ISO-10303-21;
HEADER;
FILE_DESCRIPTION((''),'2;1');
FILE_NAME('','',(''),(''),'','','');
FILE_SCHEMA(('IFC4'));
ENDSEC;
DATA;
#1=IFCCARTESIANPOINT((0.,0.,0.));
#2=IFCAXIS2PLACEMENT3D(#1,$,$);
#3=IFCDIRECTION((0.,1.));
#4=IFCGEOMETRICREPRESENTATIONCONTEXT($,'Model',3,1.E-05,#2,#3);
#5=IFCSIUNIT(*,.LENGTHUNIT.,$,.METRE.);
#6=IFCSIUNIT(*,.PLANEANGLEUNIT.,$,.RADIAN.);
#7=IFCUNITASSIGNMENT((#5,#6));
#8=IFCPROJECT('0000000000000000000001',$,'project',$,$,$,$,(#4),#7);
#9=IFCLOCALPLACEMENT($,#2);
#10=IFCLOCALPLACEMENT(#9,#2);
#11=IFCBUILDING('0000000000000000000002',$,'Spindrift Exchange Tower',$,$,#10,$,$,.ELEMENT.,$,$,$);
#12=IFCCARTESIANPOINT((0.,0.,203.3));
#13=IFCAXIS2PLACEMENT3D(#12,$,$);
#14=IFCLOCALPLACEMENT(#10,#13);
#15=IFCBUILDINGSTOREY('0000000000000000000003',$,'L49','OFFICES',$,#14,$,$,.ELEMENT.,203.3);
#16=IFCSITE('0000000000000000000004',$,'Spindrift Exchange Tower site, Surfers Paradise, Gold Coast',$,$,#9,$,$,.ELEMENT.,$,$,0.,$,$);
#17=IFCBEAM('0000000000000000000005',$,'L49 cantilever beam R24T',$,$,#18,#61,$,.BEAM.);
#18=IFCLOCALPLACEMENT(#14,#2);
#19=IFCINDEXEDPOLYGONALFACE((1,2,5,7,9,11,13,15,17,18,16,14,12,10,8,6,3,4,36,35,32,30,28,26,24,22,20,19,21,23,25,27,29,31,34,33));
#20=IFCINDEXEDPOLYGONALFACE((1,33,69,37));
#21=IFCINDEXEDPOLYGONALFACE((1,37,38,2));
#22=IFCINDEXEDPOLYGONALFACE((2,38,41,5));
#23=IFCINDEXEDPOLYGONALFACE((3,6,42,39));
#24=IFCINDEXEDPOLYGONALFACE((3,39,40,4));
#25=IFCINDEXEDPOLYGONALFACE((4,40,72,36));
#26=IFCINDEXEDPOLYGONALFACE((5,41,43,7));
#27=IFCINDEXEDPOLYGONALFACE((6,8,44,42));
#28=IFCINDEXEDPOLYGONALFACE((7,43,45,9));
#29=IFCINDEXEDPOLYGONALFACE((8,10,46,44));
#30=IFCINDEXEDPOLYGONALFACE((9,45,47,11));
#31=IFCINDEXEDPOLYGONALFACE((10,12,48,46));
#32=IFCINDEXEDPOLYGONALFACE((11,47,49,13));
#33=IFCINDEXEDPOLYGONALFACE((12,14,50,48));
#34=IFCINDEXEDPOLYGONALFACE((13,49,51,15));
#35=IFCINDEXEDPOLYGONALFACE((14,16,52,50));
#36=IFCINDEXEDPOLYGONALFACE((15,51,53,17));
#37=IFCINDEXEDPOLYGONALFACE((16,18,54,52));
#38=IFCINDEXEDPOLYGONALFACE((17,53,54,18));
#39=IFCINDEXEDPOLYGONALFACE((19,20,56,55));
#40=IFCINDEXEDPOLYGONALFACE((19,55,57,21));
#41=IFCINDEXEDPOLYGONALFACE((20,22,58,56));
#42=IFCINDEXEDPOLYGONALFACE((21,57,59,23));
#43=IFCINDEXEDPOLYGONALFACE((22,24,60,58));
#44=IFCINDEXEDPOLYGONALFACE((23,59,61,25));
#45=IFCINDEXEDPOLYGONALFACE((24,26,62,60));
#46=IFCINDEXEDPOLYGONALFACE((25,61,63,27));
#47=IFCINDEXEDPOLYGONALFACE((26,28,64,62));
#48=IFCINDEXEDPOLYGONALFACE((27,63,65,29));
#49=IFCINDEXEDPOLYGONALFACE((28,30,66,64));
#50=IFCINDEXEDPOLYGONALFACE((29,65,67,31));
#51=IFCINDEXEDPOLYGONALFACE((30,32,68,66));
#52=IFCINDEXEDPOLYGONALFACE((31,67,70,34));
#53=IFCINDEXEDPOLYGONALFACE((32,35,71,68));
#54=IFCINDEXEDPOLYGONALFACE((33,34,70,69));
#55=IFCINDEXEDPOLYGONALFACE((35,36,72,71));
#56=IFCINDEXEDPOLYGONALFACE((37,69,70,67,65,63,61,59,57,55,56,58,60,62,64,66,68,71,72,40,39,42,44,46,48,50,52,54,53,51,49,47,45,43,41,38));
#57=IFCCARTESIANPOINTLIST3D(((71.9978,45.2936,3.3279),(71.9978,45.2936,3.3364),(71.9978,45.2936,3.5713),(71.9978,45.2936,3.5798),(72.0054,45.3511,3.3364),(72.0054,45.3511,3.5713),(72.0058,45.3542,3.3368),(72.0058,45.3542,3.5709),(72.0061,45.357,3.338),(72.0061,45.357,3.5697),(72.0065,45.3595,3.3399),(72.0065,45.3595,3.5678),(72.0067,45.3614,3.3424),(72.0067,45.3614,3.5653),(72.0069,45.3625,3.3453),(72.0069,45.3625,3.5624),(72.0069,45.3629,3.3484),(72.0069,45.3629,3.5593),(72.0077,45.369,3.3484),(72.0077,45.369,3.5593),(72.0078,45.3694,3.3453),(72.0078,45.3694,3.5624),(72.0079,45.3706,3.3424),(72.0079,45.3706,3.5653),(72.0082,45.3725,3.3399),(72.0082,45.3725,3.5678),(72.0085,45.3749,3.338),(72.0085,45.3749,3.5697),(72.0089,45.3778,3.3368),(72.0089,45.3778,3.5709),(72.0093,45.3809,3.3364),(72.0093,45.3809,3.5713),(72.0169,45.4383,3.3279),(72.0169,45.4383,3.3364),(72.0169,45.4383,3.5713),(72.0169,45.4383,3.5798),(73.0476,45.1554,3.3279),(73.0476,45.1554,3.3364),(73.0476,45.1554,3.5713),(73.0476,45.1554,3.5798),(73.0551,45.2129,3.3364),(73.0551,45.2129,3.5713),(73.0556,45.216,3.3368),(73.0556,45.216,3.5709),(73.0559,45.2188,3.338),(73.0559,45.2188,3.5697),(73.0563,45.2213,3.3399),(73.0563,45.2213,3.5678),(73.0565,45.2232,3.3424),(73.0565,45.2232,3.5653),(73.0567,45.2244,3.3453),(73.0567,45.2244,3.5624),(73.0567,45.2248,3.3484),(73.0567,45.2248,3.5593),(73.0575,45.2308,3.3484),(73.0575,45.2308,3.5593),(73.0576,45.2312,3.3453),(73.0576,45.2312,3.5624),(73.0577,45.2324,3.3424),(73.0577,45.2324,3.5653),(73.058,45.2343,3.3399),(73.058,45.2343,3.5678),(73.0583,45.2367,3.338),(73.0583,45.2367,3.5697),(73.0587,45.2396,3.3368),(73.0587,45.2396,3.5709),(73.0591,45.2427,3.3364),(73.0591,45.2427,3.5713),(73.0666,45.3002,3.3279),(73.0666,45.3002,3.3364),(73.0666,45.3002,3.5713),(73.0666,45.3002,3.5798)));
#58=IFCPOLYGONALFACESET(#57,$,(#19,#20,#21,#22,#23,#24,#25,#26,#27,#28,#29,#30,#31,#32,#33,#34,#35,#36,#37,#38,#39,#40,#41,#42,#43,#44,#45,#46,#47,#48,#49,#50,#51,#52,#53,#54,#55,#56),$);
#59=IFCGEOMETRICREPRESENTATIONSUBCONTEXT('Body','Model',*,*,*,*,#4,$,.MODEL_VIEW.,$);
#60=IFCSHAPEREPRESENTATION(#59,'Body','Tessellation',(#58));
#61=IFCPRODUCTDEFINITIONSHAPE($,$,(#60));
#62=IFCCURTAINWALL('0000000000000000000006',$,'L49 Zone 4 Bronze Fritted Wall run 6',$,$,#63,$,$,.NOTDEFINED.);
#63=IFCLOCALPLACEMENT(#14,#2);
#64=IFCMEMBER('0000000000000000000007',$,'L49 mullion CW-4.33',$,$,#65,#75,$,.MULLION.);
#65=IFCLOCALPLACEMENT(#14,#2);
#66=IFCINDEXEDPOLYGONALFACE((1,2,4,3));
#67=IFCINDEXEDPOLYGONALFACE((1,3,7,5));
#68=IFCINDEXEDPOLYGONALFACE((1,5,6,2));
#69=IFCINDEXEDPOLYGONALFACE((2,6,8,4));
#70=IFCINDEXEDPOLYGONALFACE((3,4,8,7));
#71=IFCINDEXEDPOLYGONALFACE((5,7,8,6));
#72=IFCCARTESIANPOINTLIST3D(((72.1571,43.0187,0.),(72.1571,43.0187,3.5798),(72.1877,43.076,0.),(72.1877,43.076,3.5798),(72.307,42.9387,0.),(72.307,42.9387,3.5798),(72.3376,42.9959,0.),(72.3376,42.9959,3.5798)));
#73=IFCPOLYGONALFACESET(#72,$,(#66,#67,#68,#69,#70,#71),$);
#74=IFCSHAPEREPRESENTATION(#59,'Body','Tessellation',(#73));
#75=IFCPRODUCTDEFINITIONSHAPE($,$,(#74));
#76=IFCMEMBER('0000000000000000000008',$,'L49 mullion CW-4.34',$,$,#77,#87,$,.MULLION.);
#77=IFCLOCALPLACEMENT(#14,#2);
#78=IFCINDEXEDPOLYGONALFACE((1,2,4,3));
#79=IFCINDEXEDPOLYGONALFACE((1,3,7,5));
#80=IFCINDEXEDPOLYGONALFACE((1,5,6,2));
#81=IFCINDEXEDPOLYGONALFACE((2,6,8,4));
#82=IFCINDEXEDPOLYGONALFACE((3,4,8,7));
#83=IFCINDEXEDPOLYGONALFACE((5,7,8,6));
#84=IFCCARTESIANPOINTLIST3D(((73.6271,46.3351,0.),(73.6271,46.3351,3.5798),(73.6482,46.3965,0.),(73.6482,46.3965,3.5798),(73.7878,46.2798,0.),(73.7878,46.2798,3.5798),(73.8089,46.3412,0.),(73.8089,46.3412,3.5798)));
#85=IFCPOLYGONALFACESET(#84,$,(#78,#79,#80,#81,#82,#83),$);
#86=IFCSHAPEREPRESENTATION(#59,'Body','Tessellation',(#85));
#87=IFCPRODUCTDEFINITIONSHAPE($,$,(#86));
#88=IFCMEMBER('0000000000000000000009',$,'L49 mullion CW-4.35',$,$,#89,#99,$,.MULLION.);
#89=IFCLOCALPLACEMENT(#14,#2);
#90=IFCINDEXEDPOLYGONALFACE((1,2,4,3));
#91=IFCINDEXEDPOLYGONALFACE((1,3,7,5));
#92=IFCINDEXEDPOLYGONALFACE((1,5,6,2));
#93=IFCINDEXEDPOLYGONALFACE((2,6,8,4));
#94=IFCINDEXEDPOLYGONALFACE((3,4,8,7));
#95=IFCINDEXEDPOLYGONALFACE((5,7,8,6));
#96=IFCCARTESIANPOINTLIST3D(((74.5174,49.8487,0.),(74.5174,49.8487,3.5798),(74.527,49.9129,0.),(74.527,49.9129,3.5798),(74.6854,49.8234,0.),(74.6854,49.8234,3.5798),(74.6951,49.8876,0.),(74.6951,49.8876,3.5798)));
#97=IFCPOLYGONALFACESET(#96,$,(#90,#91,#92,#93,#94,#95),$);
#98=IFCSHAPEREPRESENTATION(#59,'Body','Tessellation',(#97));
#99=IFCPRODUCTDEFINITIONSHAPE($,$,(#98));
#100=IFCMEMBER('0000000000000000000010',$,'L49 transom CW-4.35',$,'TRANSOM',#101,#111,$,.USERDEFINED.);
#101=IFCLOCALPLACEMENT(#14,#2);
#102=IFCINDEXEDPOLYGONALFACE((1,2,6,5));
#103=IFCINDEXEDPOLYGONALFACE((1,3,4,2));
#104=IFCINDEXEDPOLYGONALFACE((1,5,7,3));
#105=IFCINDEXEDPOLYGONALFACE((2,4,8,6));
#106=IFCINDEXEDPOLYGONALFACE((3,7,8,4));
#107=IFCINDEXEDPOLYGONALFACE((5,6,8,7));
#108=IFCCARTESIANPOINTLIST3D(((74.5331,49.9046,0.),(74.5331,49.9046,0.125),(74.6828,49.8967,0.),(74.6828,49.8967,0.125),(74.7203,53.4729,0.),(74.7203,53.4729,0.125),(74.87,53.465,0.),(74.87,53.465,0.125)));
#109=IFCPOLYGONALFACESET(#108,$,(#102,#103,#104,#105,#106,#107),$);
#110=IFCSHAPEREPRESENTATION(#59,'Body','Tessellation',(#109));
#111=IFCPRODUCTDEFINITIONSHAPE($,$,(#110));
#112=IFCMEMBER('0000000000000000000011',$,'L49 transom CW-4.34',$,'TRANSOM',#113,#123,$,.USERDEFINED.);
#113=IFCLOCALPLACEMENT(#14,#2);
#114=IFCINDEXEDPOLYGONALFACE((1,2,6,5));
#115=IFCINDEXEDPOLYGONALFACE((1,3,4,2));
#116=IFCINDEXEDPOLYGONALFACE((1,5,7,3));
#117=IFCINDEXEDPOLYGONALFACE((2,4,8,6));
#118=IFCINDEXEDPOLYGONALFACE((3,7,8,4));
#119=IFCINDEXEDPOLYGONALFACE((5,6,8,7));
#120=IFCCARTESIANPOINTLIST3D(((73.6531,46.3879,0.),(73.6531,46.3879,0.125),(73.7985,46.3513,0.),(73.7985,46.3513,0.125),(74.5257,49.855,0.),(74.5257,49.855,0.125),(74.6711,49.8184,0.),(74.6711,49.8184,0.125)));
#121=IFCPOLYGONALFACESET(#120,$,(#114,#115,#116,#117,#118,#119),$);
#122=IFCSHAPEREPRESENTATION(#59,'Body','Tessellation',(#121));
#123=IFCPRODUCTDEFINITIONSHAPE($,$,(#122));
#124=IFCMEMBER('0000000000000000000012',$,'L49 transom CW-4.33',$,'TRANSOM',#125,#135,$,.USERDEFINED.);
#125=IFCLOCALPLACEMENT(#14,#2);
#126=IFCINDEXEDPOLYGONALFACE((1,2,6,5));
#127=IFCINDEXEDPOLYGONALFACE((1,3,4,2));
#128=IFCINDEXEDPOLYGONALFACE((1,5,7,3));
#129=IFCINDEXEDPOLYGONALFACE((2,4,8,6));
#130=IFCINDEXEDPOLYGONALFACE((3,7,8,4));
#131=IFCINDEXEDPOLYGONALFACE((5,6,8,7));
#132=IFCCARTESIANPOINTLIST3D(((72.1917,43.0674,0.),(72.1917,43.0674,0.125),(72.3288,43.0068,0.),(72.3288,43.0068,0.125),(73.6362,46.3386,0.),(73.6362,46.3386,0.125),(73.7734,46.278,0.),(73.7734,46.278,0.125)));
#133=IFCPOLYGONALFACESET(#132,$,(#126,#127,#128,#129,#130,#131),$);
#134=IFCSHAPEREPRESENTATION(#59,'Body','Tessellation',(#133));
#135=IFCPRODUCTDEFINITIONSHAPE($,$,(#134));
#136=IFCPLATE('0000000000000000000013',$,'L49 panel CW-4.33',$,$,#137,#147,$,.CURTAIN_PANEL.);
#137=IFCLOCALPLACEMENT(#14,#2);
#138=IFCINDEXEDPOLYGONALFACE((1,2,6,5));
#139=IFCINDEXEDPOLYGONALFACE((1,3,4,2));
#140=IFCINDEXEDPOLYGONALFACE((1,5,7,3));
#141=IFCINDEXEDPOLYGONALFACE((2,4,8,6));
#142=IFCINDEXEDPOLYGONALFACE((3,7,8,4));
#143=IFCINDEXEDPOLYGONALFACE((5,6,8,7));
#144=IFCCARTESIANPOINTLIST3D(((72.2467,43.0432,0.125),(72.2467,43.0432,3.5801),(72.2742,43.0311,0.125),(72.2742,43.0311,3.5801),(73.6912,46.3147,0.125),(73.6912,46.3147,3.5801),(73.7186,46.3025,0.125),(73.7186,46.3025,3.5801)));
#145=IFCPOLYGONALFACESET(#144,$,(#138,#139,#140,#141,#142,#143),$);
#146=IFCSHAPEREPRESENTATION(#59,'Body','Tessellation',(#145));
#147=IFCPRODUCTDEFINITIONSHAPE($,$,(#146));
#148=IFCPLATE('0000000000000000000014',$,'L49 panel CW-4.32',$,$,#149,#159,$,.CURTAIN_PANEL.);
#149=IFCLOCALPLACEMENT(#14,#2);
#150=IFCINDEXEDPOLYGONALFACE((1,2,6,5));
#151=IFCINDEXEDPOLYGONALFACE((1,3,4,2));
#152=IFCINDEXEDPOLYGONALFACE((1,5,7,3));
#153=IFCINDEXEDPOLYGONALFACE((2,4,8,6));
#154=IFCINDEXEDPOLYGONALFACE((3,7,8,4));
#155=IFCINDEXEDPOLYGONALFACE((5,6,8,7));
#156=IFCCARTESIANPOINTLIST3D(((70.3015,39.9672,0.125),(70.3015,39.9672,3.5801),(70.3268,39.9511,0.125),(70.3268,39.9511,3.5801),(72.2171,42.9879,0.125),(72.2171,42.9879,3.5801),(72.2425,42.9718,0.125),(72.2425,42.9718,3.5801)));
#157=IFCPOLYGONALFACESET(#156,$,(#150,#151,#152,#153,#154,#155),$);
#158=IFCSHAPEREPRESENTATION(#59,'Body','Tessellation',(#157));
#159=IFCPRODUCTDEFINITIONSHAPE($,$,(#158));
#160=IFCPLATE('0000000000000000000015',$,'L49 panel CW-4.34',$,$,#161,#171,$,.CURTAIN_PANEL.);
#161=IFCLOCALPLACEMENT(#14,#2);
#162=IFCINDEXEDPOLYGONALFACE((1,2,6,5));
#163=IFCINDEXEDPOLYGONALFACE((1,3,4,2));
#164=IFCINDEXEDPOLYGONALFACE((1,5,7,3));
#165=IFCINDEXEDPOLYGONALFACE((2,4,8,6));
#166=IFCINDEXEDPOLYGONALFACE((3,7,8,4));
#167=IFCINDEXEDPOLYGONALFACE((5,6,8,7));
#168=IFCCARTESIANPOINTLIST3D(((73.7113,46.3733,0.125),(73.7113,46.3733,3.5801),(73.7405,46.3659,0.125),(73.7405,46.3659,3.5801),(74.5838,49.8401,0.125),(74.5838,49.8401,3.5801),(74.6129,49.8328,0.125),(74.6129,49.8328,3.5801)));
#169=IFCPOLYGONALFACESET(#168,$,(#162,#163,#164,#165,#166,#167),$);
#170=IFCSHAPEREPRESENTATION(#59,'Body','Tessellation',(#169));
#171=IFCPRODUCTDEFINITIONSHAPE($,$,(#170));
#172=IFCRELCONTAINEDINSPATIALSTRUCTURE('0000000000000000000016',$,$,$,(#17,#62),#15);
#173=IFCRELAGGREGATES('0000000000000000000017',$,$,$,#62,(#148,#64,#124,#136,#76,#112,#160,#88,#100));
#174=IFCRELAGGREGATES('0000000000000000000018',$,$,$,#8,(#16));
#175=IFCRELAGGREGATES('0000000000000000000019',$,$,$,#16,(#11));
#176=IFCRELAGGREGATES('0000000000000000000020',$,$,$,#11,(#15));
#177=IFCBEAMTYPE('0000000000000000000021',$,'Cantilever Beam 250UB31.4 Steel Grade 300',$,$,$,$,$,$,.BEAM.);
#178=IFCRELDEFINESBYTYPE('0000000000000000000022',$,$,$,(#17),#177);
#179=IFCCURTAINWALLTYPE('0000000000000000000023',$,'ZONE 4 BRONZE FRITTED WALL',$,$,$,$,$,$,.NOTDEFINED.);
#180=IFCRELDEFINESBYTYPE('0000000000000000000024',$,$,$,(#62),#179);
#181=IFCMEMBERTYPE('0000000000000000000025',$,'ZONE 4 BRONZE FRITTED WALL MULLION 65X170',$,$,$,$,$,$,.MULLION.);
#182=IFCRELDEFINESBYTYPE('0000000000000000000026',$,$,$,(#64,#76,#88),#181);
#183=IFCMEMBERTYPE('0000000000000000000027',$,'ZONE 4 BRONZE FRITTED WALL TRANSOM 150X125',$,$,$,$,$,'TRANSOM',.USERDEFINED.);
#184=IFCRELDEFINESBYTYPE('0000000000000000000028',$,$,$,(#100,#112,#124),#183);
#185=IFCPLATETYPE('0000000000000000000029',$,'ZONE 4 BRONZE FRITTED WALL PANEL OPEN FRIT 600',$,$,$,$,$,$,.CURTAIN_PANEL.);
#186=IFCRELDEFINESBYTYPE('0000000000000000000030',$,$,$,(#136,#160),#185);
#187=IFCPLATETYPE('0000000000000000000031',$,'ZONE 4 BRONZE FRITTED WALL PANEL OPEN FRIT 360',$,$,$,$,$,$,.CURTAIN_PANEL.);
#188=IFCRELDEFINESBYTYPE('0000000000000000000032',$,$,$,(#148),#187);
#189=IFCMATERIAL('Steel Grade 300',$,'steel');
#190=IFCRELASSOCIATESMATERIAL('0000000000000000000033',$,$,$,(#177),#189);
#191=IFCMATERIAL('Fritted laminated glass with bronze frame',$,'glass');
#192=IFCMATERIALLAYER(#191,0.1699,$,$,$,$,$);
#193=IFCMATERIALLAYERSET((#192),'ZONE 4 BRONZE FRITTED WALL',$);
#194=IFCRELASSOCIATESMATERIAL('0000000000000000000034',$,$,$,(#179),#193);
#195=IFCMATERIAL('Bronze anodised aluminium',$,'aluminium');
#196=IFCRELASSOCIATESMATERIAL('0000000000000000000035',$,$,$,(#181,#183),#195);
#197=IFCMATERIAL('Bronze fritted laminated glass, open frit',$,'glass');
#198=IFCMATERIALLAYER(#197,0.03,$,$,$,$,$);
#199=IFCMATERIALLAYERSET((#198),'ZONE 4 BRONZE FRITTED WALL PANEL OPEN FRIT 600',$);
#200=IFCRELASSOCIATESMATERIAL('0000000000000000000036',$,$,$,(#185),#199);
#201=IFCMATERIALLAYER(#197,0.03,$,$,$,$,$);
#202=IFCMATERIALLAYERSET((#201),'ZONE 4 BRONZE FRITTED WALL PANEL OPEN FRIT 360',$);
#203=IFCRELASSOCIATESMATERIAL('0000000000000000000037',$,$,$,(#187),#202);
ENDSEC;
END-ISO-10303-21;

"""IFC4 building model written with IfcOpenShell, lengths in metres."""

from ifc_helpers import new_model, si_unit, direction, frame, origin, origin_2d, place, context, subcontext, project, spatial, rectangle, i_section, extrude, source, transform, mapped, material, layer, layer_set, material_profile, profile_set, type_object, element, aggregate, save


model = new_model("IFC4")

# Units and contexts
model_context = context("Model", 3, precision=1e-05, world=origin(), true_north=direction((0.0, 1.0)))
body_context = subcontext(model_context, "Body", "Model", "MODEL_VIEW")
ifc_project = project(units=[si_unit("LENGTHUNIT", "METRE"), si_unit("PLANEANGLEUNIT", "RADIAN")], contexts=[model_context])

# Site, building, storey
site_placement = place(None, origin())
site = spatial("IfcSite", under=ifc_project, at=site_placement, Name="Spindrift Exchange Tower site, Surfers Paradise, Gold Coast", CompositionType="ELEMENT", RefElevation=0.0)
building_placement = place(site_placement, origin())
building = spatial("IfcBuilding", under=site, at=building_placement, Name="Spindrift Exchange Tower", CompositionType="ELEMENT")
storey_placement = place(building_placement, frame((0.0, 0.0, 203.3)))
storey = spatial("IfcBuildingStorey", under=building, at=storey_placement, Name="L49", Description="OFFICES", CompositionType="ELEMENT", Elevation=203.3)

# Beam
ifc_material_1 = material(Name="Steel Grade 300", Category="steel")
ifc_material_profile_1 = material_profile(ifc_material_1, i_section(OverallWidth=0.146, OverallDepth=0.252, WebThickness=0.0061, FlangeThickness=0.0085, FilletRadius=0.012, at=origin_2d()), Name="250UB31.4")
ifc_profile_set_1 = profile_set([ifc_material_profile_1], Name="Steel Grade 300")
beam_type_1 = type_object("IfcBeamType", Name="Cantilever Beam 250UB31.4 Steel Grade 300", PredefinedType="BEAM", material=ifc_profile_set_1)
shared_shape_1 = source(origin(), body_context, "Body", "SweptSolid", [
    extrude(i_section(OverallWidth=0.146, OverallDepth=0.252, WebThickness=0.0061, FlangeThickness=0.0085, FilletRadius=0.012, at=origin_2d()), origin(), (0.0, 0.0, 1.0), 1.0588),
])
beam_1_placement = place(storey_placement, frame((72.0073, 45.366, 3.4539), z_axis=(0.991448, -0.130502, 0.0), x_axis=(0.130502, 0.991448, 0.0)))
element("IfcBeam", 1, at=beam_1_placement, inside=storey, type_object=beam_type_1, Name="L49 cantilever beam R24T", PredefinedType="BEAM", context=body_context, shape_type="MappedRepresentation", body=[
    mapped(shared_shape_1, transform((0.0, 0.0, 0.0), scale=1.0)),
])

# Curtain wall, members, plates
ifc_material_2 = material(Name="Fritted laminated glass with bronze frame", Category="glass")
ifc_layer_1 = layer(ifc_material_2, 0.1699)
ifc_layer_set_1 = layer_set([ifc_layer_1], Name="ZONE 4 BRONZE FRITTED WALL")
curtain_wall_type = type_object("IfcCurtainWallType", Name="ZONE 4 BRONZE FRITTED WALL", PredefinedType="NOTDEFINED", material=ifc_layer_set_1)
curtain_wall_placement = place(storey_placement, origin())
curtain_wall = element("IfcCurtainWall", 2, at=curtain_wall_placement, inside=storey, type_object=curtain_wall_type, Name="L49 Zone 4 Bronze Fritted Wall run 6", PredefinedType="NOTDEFINED")
ifc_material_3 = material(Name="Bronze anodised aluminium", Category="aluminium")
ifc_material_profile_2 = material_profile(ifc_material_3, rectangle(XDim=0.0649, YDim=0.1699, at=origin_2d()), Name="ZONE 4 BRONZE FRITTED WALL MULLION 65X170")
ifc_profile_set_2 = profile_set([ifc_material_profile_2], Name="Bronze anodised aluminium")
member_type_1 = type_object("IfcMemberType", Name="ZONE 4 BRONZE FRITTED WALL MULLION 65X170", PredefinedType="MULLION", material=ifc_profile_set_2)
shared_shape_2 = source(origin(), body_context, "Body", "SweptSolid", [
    extrude(rectangle(XDim=0.0649, YDim=0.1699, at=origin_2d()), origin(), (0.0, 0.0, 1.0), 3.5798),
])
member_1_placement = place(storey_placement, frame((72.2473, 43.0073, 0.0), z_axis=(0.0, 0.0, 1.0), x_axis=(0.471049, 0.882107, 0.0)))
member_1 = element("IfcMember", 3, at=member_1_placement, type_object=member_type_1, Name="L49 mullion CW-4.33", PredefinedType="MULLION", context=body_context, shape_type="MappedRepresentation", body=[
    mapped(shared_shape_2, transform((0.0, 0.0, 0.0), scale=1.0)),
])
member_2_placement = place(storey_placement, frame((73.718, 46.3381, 0.0), z_axis=(0.0, 0.0, 1.0), x_axis=(0.325141, 0.945666, 0.0)))
member_2 = element("IfcMember", 4, at=member_2_placement, type_object=member_type_1, Name="L49 mullion CW-4.34", PredefinedType="MULLION", context=body_context, shape_type="MappedRepresentation", body=[
    mapped(shared_shape_2, transform((0.0, 0.0, 0.0), scale=1.0)),
])
member_3_placement = place(storey_placement, frame((74.6062, 49.8682, 0.0), z_axis=(0.0, 0.0, 1.0), x_axis=(0.148929, 0.988848, 0.0)))
member_3 = element("IfcMember", 5, at=member_3_placement, type_object=member_type_1, Name="L49 mullion CW-4.35", PredefinedType="MULLION", context=body_context, shape_type="MappedRepresentation", body=[
    mapped(shared_shape_2, transform((0.0, 0.0, 0.0), scale=1.0)),
])
ifc_material_profile_3 = material_profile(ifc_material_3, rectangle(XDim=0.1499, YDim=0.125, at=origin_2d()), Name="ZONE 4 BRONZE FRITTED WALL TRANSOM 150X125")
ifc_profile_set_3 = profile_set([ifc_material_profile_3], Name="Bronze anodised aluminium")
member_type_2 = type_object("IfcMemberType", Name="ZONE 4 BRONZE FRITTED WALL TRANSOM 150X125", ElementType="TRANSOM", PredefinedType="USERDEFINED", material=ifc_profile_set_3)
shared_shape_3 = source(origin(), body_context, "Body", "SweptSolid", [
    extrude(rectangle(XDim=0.1499, YDim=0.125, at=origin_2d()), origin(), (0.0, 0.0, 1.0), 3.5732),
])
member_4_placement = place(storey_placement, frame((74.6079, 49.9006, 0.0625), z_axis=(0.052405, 0.998626, 0.0), x_axis=(-0.998626, 0.052405, 0.0)))
member_4 = element("IfcMember", 6, at=member_4_placement, type_object=member_type_2, Name="L49 transom CW-4.35", ObjectType="TRANSOM", PredefinedType="USERDEFINED", context=body_context, shape_type="MappedRepresentation", body=[
    mapped(shared_shape_3, transform((0.0, 0.0, 0.0), scale=1.0)),
])
shared_shape_4 = source(origin(), body_context, "Body", "SweptSolid", [
    extrude(rectangle(XDim=0.1499, YDim=0.125, at=origin_2d()), origin(), (0.0, 0.0, 1.0), 3.5752),
])
member_5_placement = place(storey_placement, frame((73.7258, 46.3696, 0.0625), z_axis=(0.244062, 0.96976, 0.0), x_axis=(-0.96976, 0.244062, 0.0)))
member_5 = element("IfcMember", 7, at=member_5_placement, type_object=member_type_2, Name="L49 transom CW-4.34", ObjectType="TRANSOM", PredefinedType="USERDEFINED", context=body_context, shape_type="MappedRepresentation", body=[
    mapped(shared_shape_4, transform((0.0, 0.0, 0.0), scale=1.0)),
])
shared_shape_5 = source(origin(), body_context, "Body", "SweptSolid", [
    extrude(rectangle(XDim=0.1499, YDim=0.125, at=origin_2d()), origin(), (0.0, 0.0, 1.0), 3.5759),
])
member_6_placement = place(storey_placement, frame((72.2603, 43.0371, 0.0625), z_axis=(0.403965, 0.914775, 0.0), x_axis=(-0.914775, 0.403965, 0.0)))
member_6 = element("IfcMember", 8, at=member_6_placement, type_object=member_type_2, Name="L49 transom CW-4.33", ObjectType="TRANSOM", PredefinedType="USERDEFINED", context=body_context, shape_type="MappedRepresentation", body=[
    mapped(shared_shape_5, transform((0.0, 0.0, 0.0), scale=1.0)),
])
ifc_material_4 = material(Name="Bronze fritted laminated glass, open frit", Category="glass")
ifc_layer_2 = layer(ifc_material_4, 0.03)
ifc_layer_set_2 = layer_set([ifc_layer_2], Name="ZONE 4 BRONZE FRITTED WALL PANEL OPEN FRIT 600")
plate_type_1 = type_object("IfcPlateType", Name="ZONE 4 BRONZE FRITTED WALL PANEL OPEN FRIT 600", PredefinedType="CURTAIN_PANEL", material=ifc_layer_set_2)
shared_shape_6 = source(origin(), body_context, "Body", "SweptSolid", [
    extrude(rectangle(XDim=3.5762, YDim=0.03, at=origin_2d()), origin(), (0.0, 0.0, 1.0), 3.4551),
])
plate_1_placement = place(storey_placement, frame((72.9827, 44.6729, 0.125), z_axis=(0.0, 0.0, 1.0), x_axis=(0.403913, 0.914798, 0.0)))
plate_1 = element("IfcPlate", 9, at=plate_1_placement, type_object=plate_type_1, Name="L49 panel CW-4.33", PredefinedType="CURTAIN_PANEL", context=body_context, shape_type="MappedRepresentation", body=[
    mapped(shared_shape_6, transform((0.0, 0.0, 0.0), scale=1.0)),
])
ifc_layer_3 = layer(ifc_material_4, 0.03)
ifc_layer_set_3 = layer_set([ifc_layer_3], Name="ZONE 4 BRONZE FRITTED WALL PANEL OPEN FRIT 360")
plate_type_2 = type_object("IfcPlateType", Name="ZONE 4 BRONZE FRITTED WALL PANEL OPEN FRIT 360", PredefinedType="CURTAIN_PANEL", material=ifc_layer_set_3)
shared_shape_7 = source(origin(), body_context, "Body", "SweptSolid", [
    extrude(rectangle(XDim=3.5769, YDim=0.03, at=origin_2d()), origin(), (0.0, 0.0, 1.0), 3.4551),
])
plate_2_placement = place(storey_placement, frame((71.272, 41.4695, 0.125), z_axis=(0.0, 0.0, 1.0), x_axis=(0.535559, 0.844498, 0.0)))
plate_2 = element("IfcPlate", 10, at=plate_2_placement, type_object=plate_type_2, Name="L49 panel CW-4.32", PredefinedType="CURTAIN_PANEL", context=body_context, shape_type="MappedRepresentation", body=[
    mapped(shared_shape_7, transform((0.0, 0.0, 0.0), scale=1.0)),
])
shared_shape_8 = source(origin(), body_context, "Body", "SweptSolid", [
    extrude(rectangle(XDim=3.575, YDim=0.03, at=origin_2d()), origin(), (0.0, 0.0, 1.0), 3.4551),
])
plate_3_placement = place(storey_placement, frame((74.1621, 48.103, 0.125), z_axis=(0.0, 0.0, 1.0), x_axis=(0.244042, 0.969765, 0.0)))
plate_3 = element("IfcPlate", 11, at=plate_3_placement, type_object=plate_type_1, Name="L49 panel CW-4.34", PredefinedType="CURTAIN_PANEL", context=body_context, shape_type="MappedRepresentation", body=[
    mapped(shared_shape_8, transform((0.0, 0.0, 0.0), scale=1.0)),
])
aggregate(curtain_wall, [plate_2, member_1, member_6, plate_1, member_2, member_5, plate_3, member_3, member_4])

save(model, "model.ifc")
